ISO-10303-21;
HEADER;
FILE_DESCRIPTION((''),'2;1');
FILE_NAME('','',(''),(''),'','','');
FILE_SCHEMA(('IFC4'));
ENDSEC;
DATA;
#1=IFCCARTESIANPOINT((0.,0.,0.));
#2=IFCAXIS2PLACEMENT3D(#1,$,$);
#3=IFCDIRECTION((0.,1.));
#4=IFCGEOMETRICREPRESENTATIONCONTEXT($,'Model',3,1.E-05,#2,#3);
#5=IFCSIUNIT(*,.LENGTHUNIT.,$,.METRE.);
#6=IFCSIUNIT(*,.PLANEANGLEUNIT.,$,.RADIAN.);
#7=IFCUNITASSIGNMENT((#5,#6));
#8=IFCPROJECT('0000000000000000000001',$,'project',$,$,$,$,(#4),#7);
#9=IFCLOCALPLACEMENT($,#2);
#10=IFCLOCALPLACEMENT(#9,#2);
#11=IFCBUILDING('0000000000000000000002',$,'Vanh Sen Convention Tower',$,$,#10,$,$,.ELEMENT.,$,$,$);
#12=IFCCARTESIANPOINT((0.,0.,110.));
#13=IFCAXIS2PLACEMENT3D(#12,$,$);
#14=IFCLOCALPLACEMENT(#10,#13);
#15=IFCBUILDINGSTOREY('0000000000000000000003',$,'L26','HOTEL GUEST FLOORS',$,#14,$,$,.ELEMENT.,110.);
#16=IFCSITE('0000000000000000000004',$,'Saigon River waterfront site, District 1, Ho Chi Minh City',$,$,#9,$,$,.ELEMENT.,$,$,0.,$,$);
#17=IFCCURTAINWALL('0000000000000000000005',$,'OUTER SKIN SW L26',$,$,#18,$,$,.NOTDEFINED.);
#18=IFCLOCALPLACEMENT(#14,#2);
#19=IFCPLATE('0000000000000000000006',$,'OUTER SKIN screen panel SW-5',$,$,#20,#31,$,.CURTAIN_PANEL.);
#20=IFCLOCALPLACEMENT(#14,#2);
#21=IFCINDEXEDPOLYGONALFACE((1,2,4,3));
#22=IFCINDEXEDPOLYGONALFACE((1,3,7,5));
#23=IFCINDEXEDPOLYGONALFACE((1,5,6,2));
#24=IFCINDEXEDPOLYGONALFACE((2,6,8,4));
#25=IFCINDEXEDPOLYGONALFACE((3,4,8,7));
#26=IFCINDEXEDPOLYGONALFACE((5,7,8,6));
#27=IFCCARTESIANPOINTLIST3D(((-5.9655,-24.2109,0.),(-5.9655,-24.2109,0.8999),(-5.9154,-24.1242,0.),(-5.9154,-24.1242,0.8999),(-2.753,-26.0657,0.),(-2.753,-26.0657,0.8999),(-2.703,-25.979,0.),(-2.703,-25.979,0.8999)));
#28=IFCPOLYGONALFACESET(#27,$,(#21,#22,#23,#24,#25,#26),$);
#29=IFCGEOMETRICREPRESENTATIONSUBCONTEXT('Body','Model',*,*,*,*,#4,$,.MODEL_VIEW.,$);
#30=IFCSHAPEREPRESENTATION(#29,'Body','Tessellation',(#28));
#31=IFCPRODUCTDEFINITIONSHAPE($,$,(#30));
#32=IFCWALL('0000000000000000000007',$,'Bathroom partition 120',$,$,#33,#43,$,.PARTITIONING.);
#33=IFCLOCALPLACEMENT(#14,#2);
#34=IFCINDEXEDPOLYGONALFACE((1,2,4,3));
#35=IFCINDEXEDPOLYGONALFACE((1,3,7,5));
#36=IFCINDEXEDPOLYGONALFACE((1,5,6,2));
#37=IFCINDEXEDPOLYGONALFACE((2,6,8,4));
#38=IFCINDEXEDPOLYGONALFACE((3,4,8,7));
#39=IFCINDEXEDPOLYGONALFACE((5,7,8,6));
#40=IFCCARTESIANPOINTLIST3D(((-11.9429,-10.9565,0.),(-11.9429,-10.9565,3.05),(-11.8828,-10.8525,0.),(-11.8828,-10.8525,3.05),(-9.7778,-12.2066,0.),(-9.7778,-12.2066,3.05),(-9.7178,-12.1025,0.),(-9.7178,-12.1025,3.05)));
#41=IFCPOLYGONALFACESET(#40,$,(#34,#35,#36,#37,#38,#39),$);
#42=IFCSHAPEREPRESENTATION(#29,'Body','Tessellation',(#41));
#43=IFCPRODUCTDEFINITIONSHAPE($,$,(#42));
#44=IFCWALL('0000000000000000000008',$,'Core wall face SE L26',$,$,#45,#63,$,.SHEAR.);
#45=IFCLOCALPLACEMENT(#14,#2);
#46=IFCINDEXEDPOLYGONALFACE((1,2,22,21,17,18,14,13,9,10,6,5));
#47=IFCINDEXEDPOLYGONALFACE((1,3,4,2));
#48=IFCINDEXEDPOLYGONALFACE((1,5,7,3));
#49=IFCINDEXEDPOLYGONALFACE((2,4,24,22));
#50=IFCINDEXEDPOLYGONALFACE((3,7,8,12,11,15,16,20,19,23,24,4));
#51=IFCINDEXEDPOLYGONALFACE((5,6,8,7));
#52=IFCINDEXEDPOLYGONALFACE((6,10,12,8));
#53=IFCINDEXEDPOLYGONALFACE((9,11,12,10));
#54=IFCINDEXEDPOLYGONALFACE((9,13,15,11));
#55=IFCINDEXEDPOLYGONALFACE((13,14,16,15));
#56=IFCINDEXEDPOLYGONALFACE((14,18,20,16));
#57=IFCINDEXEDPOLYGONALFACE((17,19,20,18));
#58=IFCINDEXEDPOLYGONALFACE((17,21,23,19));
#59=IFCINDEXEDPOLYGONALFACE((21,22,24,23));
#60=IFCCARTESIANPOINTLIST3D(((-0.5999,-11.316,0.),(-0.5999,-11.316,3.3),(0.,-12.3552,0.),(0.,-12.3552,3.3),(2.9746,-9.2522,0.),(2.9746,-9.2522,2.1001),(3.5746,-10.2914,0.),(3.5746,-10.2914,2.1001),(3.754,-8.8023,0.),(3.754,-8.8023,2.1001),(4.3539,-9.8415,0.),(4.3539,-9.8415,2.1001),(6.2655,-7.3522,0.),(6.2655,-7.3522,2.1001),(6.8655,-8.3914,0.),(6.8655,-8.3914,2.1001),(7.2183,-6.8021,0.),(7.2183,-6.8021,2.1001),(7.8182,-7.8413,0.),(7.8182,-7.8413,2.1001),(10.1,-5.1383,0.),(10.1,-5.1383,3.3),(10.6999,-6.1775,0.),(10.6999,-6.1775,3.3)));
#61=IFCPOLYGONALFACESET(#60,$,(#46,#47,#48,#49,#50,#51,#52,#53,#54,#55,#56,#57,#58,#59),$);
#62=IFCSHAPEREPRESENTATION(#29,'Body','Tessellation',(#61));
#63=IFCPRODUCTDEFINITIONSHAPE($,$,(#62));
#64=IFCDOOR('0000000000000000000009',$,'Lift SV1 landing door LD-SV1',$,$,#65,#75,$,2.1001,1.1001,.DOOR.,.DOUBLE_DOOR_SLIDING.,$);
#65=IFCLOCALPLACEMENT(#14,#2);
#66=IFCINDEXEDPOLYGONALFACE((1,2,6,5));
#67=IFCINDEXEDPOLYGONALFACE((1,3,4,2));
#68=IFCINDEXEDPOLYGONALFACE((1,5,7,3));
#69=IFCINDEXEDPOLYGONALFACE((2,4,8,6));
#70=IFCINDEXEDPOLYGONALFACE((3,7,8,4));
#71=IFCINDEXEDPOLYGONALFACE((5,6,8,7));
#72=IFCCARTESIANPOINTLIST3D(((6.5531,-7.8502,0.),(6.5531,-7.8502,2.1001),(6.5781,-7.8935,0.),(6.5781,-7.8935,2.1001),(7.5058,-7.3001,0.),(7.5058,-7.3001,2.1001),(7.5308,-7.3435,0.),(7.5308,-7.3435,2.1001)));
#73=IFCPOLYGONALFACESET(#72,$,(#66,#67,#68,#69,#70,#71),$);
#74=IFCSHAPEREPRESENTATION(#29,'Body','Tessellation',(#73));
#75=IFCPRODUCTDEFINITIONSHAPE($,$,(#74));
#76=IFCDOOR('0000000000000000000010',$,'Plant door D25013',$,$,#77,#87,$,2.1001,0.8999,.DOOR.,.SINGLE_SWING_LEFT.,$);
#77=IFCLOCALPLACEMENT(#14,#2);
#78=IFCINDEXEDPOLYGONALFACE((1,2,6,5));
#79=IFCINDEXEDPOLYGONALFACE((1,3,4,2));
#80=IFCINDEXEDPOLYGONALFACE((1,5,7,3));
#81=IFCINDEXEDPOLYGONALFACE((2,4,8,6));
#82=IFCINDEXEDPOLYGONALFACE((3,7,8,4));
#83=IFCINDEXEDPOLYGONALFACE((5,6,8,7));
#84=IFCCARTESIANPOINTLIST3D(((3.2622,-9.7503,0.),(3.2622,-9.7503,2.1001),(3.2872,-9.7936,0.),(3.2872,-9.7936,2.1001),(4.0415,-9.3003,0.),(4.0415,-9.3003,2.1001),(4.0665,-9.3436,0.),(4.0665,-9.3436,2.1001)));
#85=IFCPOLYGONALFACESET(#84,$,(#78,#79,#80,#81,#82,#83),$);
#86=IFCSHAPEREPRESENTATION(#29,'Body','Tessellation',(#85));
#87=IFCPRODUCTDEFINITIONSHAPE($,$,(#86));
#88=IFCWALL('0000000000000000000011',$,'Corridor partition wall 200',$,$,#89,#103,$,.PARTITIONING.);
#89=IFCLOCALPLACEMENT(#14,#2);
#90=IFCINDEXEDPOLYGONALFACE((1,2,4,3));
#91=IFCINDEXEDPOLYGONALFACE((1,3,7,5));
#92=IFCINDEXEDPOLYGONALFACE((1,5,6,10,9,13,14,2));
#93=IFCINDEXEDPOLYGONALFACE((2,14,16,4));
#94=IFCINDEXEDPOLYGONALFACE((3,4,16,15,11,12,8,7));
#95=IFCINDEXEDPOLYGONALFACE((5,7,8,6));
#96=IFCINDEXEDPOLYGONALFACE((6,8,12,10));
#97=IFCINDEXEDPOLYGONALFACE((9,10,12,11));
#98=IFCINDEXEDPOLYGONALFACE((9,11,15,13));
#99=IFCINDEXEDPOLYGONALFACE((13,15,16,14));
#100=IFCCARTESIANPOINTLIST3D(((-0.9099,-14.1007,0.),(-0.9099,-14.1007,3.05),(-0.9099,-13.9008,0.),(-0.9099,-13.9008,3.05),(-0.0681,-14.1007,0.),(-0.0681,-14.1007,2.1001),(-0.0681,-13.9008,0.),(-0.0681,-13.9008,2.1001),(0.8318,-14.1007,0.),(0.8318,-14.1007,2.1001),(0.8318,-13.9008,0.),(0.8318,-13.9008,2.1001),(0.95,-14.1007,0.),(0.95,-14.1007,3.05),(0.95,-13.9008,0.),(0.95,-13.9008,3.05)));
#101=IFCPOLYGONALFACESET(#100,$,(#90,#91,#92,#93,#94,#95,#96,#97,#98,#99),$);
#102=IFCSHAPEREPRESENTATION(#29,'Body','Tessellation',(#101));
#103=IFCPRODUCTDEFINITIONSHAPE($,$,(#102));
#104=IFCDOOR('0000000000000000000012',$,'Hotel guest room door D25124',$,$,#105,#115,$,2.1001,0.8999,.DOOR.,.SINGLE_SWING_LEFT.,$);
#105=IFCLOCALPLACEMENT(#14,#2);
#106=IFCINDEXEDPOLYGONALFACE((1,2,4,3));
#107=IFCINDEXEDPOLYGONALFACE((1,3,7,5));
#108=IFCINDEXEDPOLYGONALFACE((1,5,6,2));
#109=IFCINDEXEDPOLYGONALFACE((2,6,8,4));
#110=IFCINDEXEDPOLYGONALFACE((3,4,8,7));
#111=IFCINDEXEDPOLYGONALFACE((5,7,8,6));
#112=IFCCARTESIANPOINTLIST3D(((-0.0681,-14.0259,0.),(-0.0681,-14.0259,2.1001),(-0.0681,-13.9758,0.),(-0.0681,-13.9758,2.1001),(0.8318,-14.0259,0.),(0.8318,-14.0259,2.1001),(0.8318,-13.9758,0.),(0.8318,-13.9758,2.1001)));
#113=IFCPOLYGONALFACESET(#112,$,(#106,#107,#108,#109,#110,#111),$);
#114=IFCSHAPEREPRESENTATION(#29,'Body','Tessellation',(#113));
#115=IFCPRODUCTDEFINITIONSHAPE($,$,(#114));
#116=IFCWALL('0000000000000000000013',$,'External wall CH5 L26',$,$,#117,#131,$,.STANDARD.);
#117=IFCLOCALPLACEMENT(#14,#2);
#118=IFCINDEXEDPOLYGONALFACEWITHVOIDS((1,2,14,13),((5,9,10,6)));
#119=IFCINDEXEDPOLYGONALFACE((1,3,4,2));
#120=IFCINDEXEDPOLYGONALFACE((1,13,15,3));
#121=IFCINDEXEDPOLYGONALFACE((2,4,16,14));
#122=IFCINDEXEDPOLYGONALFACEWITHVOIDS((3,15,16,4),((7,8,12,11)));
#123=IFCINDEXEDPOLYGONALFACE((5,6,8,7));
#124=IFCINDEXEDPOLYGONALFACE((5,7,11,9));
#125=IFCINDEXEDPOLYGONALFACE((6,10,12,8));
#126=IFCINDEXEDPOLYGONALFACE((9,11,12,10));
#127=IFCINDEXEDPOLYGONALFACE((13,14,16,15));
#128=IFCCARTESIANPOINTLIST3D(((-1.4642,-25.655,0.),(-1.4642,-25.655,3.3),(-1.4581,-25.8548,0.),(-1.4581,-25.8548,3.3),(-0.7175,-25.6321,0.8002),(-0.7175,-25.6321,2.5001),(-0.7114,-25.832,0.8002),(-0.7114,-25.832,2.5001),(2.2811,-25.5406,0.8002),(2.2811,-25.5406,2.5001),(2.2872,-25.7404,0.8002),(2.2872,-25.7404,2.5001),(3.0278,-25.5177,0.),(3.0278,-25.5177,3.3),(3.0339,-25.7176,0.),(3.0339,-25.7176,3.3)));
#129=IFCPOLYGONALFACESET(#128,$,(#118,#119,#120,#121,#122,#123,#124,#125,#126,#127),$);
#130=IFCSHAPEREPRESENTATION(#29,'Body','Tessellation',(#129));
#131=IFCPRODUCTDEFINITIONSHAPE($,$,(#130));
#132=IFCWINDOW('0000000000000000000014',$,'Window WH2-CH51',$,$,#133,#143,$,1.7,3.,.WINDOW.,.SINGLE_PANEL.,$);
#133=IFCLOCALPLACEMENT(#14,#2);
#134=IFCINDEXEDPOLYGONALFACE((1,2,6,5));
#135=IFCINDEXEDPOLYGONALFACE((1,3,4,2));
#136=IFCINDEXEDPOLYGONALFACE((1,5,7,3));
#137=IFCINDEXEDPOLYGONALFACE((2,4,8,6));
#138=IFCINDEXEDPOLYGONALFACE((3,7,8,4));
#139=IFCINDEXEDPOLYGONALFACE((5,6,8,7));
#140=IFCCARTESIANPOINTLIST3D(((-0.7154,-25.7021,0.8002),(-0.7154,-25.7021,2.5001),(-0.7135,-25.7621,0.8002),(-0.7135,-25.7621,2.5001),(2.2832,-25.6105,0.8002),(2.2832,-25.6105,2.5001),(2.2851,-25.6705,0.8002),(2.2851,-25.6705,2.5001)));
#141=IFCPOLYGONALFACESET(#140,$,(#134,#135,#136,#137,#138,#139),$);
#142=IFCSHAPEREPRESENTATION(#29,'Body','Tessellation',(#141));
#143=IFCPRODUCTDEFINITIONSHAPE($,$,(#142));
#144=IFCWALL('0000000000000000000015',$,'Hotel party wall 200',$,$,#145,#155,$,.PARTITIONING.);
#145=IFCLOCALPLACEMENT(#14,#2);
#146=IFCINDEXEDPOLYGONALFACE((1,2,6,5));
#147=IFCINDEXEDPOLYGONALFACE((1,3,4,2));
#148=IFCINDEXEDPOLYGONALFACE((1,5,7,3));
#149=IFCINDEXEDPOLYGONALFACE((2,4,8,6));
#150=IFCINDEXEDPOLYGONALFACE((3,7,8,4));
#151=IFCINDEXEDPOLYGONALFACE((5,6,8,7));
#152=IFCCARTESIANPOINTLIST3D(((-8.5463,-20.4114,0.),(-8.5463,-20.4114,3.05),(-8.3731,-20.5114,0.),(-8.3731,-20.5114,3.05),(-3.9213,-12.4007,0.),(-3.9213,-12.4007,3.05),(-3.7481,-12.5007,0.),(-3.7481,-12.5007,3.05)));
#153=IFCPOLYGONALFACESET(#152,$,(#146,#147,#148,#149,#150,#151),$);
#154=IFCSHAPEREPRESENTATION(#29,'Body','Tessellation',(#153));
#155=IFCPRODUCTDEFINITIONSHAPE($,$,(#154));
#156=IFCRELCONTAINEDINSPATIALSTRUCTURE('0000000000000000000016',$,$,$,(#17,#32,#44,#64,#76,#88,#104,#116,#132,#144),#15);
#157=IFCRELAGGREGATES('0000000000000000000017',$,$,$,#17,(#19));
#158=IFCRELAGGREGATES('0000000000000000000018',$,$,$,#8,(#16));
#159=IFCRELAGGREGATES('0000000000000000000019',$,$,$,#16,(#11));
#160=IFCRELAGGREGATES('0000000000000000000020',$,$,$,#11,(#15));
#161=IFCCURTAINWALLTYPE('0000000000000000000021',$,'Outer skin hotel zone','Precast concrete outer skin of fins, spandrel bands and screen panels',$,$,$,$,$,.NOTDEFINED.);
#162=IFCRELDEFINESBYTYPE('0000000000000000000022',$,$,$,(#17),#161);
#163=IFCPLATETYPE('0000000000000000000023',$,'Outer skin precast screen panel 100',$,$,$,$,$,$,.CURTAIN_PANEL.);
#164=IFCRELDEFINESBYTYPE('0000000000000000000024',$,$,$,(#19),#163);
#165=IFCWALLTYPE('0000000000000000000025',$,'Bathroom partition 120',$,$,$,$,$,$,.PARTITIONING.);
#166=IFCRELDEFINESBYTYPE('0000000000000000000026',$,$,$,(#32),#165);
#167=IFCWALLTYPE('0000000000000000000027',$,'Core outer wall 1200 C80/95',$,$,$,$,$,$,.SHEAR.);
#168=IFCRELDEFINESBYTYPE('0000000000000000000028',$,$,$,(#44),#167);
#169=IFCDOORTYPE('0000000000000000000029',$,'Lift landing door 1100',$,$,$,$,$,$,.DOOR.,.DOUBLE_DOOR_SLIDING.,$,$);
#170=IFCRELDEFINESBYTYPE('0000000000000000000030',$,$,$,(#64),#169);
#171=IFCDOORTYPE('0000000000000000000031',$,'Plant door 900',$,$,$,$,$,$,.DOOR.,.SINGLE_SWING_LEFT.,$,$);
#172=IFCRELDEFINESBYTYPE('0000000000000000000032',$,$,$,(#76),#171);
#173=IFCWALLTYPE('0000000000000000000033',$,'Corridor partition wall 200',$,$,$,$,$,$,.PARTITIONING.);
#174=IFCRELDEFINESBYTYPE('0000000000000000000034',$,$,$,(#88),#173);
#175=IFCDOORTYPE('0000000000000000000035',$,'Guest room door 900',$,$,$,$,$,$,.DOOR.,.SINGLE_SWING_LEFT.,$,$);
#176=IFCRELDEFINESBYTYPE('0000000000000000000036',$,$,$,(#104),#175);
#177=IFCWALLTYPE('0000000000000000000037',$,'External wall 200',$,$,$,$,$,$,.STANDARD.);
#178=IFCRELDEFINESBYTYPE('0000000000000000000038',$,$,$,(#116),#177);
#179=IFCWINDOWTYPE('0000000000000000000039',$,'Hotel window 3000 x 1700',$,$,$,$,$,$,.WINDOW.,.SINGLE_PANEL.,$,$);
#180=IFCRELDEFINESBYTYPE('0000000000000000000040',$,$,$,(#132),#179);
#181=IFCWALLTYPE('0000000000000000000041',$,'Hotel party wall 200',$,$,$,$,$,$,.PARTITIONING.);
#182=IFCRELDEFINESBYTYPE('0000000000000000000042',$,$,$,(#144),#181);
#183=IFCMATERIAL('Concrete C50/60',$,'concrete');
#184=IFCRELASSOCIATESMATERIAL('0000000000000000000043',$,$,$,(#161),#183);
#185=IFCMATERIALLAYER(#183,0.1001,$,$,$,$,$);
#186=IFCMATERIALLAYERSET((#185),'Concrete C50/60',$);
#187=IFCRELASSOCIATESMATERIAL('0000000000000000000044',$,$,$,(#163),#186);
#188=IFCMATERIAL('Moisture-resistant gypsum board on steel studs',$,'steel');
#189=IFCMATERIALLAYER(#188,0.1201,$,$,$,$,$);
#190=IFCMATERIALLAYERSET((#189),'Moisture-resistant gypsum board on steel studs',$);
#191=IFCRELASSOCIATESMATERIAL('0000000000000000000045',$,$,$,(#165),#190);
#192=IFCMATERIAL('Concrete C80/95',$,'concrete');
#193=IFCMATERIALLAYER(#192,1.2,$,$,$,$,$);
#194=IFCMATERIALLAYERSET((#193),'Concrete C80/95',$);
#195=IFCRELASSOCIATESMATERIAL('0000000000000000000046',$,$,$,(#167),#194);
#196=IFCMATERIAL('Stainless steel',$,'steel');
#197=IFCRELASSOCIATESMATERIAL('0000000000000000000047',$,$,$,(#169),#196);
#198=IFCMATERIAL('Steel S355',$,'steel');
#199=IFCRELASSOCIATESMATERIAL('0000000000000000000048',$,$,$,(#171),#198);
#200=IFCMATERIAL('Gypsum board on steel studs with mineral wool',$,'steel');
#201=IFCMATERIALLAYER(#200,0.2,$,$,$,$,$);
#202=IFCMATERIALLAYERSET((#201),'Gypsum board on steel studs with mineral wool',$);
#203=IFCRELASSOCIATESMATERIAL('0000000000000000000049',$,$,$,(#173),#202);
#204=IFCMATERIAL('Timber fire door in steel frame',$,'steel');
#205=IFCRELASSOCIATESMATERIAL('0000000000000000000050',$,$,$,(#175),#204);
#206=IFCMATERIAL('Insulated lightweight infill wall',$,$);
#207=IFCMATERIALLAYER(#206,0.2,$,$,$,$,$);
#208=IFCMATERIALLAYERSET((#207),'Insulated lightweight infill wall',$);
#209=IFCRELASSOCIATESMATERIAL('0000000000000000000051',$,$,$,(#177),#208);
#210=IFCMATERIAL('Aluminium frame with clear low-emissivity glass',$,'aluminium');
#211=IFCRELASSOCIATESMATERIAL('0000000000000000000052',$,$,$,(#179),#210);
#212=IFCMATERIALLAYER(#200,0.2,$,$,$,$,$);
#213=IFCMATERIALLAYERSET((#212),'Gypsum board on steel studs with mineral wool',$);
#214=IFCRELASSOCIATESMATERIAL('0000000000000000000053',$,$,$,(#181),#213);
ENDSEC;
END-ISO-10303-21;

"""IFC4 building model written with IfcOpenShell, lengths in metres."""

from ifc_helpers import new_model, si_unit, direction, frame, frame_2d, origin, origin_2d, place, context, subcontext, project, spatial, rectangle, extrude, material, layer, layer_set, type_object, element, fill, aggregate, save


model = new_model("IFC4")

# Units and contexts
model_context = context("Model", 3, precision=1e-05, world=origin(), true_north=direction((0.0, 1.0)))
body_context = subcontext(model_context, "Body", "Model", "MODEL_VIEW")
ifc_project = project(units=[si_unit("LENGTHUNIT", "METRE"), si_unit("PLANEANGLEUNIT", "RADIAN")], contexts=[model_context])

# Site, building, storey
site_placement = place(None, origin())
site = spatial("IfcSite", under=ifc_project, at=site_placement, Name="Saigon River waterfront site, District 1, Ho Chi Minh City", CompositionType="ELEMENT", RefElevation=0.0)
building_placement = place(site_placement, origin())
building = spatial("IfcBuilding", under=site, at=building_placement, Name="Vanh Sen Convention Tower", CompositionType="ELEMENT")
storey_placement = place(building_placement, frame((0.0, 0.0, 110.0)))
storey = spatial("IfcBuildingStorey", under=building, at=storey_placement, Name="L26", Description="HOTEL GUEST FLOORS", CompositionType="ELEMENT", Elevation=110.0)

# Shared definitions
ifc_material_1 = material(Name="Concrete C80/95", Category="concrete")

# Curtain wall
ifc_material_2 = material(Name="Concrete C50/60", Category="concrete")
curtain_wall_type = type_object("IfcCurtainWallType", Name="Outer skin hotel zone", Description="Precast concrete outer skin of fins, spandrel bands and screen panels", PredefinedType="NOTDEFINED", material=ifc_material_2)
curtain_wall_1_placement = place(storey_placement, origin())
curtain_wall_1 = element("IfcCurtainWall", 1, at=curtain_wall_1_placement, inside=storey, type_object=curtain_wall_type, Name="OUTER SKIN SW L26", PredefinedType="NOTDEFINED")

# Plate
ifc_layer_1 = layer(ifc_material_2, 0.1001)
ifc_layer_set_1 = layer_set([ifc_layer_1], Name="Concrete C50/60")
plate_type = type_object("IfcPlateType", Name="Outer skin precast screen panel 100", PredefinedType="CURTAIN_PANEL", material=ifc_layer_set_1)
plate_1_placement = place(storey_placement, frame((-4.3342, -25.095, 0.0), z_axis=(0.0, 0.0, 1.0), x_axis=(0.866021, -0.500008, 0.0)))
plate_1 = element("IfcPlate", 2, at=plate_1_placement, type_object=plate_type, Name="OUTER SKIN screen panel SW-5", PredefinedType="CURTAIN_PANEL", context=body_context, shape_type="SweptSolid", body=[
    extrude(rectangle(XDim=3.7095, YDim=0.1001, at=origin_2d()), origin(), (0.0, 0.0, 1.0), 0.8999),
])
aggregate(curtain_wall_1, [plate_1])

# Wall
ifc_material_3 = material(Name="Moisture-resistant gypsum board on steel studs", Category="steel")
ifc_layer_2 = layer(ifc_material_3, 0.1201)
ifc_layer_set_2 = layer_set([ifc_layer_2], Name="Moisture-resistant gypsum board on steel studs")
wall_type_1 = type_object("IfcWallType", Name="Bathroom partition 120", PredefinedType="PARTITIONING", material=ifc_layer_set_2)
wall_1_placement = place(storey_placement, frame((-9.7478, -12.1545, 0.0), z_axis=(0.0, 0.0, 1.0), x_axis=(-0.866023, 0.500004, 0.0)))
element("IfcWall", 3, at=wall_1_placement, inside=storey, type_object=wall_type_1, Name="Bathroom partition 120", PredefinedType="PARTITIONING", context=body_context, shape_type="SweptSolid", body=[
    extrude(rectangle(XDim=2.5, YDim=0.1201, at=frame_2d((1.25, 0.0))), origin(), (0.0, 0.0, 1.0), 3.05),
])

# Wall, openings, doors
ifc_layer_3 = layer(ifc_material_1, 1.2)
ifc_layer_set_3 = layer_set([ifc_layer_3], Name="Concrete C80/95")
wall_type_2 = type_object("IfcWallType", Name="Core outer wall 1200 C80/95", PredefinedType="SHEAR", material=ifc_layer_set_3)
wall_2_placement = place(storey_placement, frame((-0.3, -11.8357, 0.0), z_axis=(0.0, 0.0, 1.0), x_axis=(0.866021, 0.500007, 0.0)))
wall_2 = element("IfcWall", 4, at=wall_2_placement, inside=storey, type_object=wall_type_2, Name="Core wall face SE L26", PredefinedType="SHEAR", context=body_context, shape_type="SweptSolid", body=[
    extrude(rectangle(XDim=12.3552, YDim=1.2, at=frame_2d((6.1777, 0.0))), origin(), (0.0, 0.0, 1.0), 3.3),
])
opening_1_placement = place(wall_2_placement, frame((4.1277, 0.0, 0.0)))
opening_1 = element("IfcOpeningElement", 5, at=opening_1_placement, cuts=wall_2, PredefinedType="OPENING", context=body_context, shape_type="SweptSolid", body=[
    extrude(rectangle(XDim=0.8999, YDim=2.1001, at=frame_2d((0.45, 1.05))), frame((0.0, 0.6099, 0.0), z_axis=(0.0, -1.0, 0.0), x_axis=(1.0, 0.0, 0.0)), (0.0, 0.0, 1.0), 1.22),
])
opening_2_placement = place(wall_2_placement, frame((7.9277, 0.0, 0.0)))
opening_2 = element("IfcOpeningElement", 6, at=opening_2_placement, cuts=wall_2, PredefinedType="OPENING", context=body_context, shape_type="SweptSolid", body=[
    extrude(rectangle(XDim=1.1001, YDim=2.1001, at=frame_2d((0.55, 1.05))), frame((0.0, 0.6099, 0.0), z_axis=(0.0, -1.0, 0.0), x_axis=(1.0, 0.0, 0.0)), (0.0, 0.0, 1.0), 1.22),
])
ifc_material_4 = material(Name="Stainless steel", Category="steel")
door_type_1 = type_object("IfcDoorType", Name="Lift landing door 1100", OperationType="DOUBLE_DOOR_SLIDING", PredefinedType="DOOR", material=ifc_material_4)
door_1_placement = place(opening_2_placement, origin())
door_1 = element("IfcDoor", 7, at=door_1_placement, inside=storey, type_object=door_type_1, Name="Lift SV1 landing door LD-SV1", OperationType="DOUBLE_DOOR_SLIDING", OverallHeight=2.1001, OverallWidth=1.1001, PredefinedType="DOOR", context=body_context, shape_type="SweptSolid", body=[
    extrude(rectangle(XDim=1.1001, YDim=2.1001, at=frame_2d((0.55, 1.05))), frame((0.0, 0.0249, 0.0), z_axis=(0.0, -1.0, 0.0), x_axis=(1.0, 0.0, 0.0)), (0.0, 0.0, 1.0), 0.05),
])
fill(opening_2, door_1)
ifc_material_5 = material(Name="Steel S355", Category="steel")
door_type_2 = type_object("IfcDoorType", Name="Plant door 900", OperationType="SINGLE_SWING_LEFT", PredefinedType="DOOR", material=ifc_material_5)
door_2_placement = place(opening_1_placement, origin())
door_2 = element("IfcDoor", 8, at=door_2_placement, inside=storey, type_object=door_type_2, Name="Plant door D25013", OperationType="SINGLE_SWING_LEFT", OverallHeight=2.1001, OverallWidth=0.8999, PredefinedType="DOOR", context=body_context, shape_type="SweptSolid", body=[
    extrude(rectangle(XDim=0.8999, YDim=2.1001, at=frame_2d((0.45, 1.05))), frame((0.0, 0.0249, 0.0), z_axis=(0.0, -1.0, 0.0), x_axis=(1.0, 0.0, 0.0)), (0.0, 0.0, 1.0), 0.05),
])
fill(opening_1, door_2)

# Wall, opening, door
ifc_material_6 = material(Name="Gypsum board on steel studs with mineral wool", Category="steel")
ifc_layer_4 = layer(ifc_material_6, 0.2)
ifc_layer_set_4 = layer_set([ifc_layer_4], Name="Gypsum board on steel studs with mineral wool")
wall_type_3 = type_object("IfcWallType", Name="Corridor partition wall 200", PredefinedType="PARTITIONING", material=ifc_layer_set_4)
wall_3_placement = place(storey_placement, frame((-0.9099, -14.0007, 0.0), z_axis=(0.0, 0.0, 1.0), x_axis=(1.0, 0.0, 0.0)))
wall_3 = element("IfcWall", 9, at=wall_3_placement, inside=storey, type_object=wall_type_3, Name="Corridor partition wall 200", PredefinedType="PARTITIONING", context=body_context, shape_type="SweptSolid", body=[
    extrude(rectangle(XDim=1.8599, YDim=0.2, at=frame_2d((0.9299, 0.0))), origin(), (0.0, 0.0, 1.0), 3.05),
])
opening_3_placement = place(wall_3_placement, frame((0.8418, 0.0, 0.0)))
opening_3 = element("IfcOpeningElement", 10, at=opening_3_placement, cuts=wall_3, PredefinedType="OPENING", context=body_context, shape_type="SweptSolid", body=[
    extrude(rectangle(XDim=0.8999, YDim=2.1001, at=frame_2d((0.45, 1.05))), frame((0.0, 0.1099, 0.0), z_axis=(0.0, -1.0, 0.0), x_axis=(1.0, 0.0, 0.0)), (0.0, 0.0, 1.0), 0.22),
])
ifc_material_7 = material(Name="Timber fire door in steel frame", Category="steel")
door_type_3 = type_object("IfcDoorType", Name="Guest room door 900", OperationType="SINGLE_SWING_LEFT", PredefinedType="DOOR", material=ifc_material_7)
door_3_placement = place(opening_3_placement, origin())
door_3 = element("IfcDoor", 11, at=door_3_placement, inside=storey, type_object=door_type_3, Name="Hotel guest room door D25124", OperationType="SINGLE_SWING_LEFT", OverallHeight=2.1001, OverallWidth=0.8999, PredefinedType="DOOR", context=body_context, shape_type="SweptSolid", body=[
    extrude(rectangle(XDim=0.8999, YDim=2.1001, at=frame_2d((0.45, 1.05))), frame((0.0, 0.0249, 0.0), z_axis=(0.0, -1.0, 0.0), x_axis=(1.0, 0.0, 0.0)), (0.0, 0.0, 1.0), 0.05),
])
fill(opening_3, door_3)

# Wall, opening, window
ifc_material_8 = material(Name="Insulated lightweight infill wall")
ifc_layer_5 = layer(ifc_material_8, 0.2)
ifc_layer_set_5 = layer_set([ifc_layer_5], Name="Insulated lightweight infill wall")
wall_type_4 = type_object("IfcWallType", Name="External wall 200", PredefinedType="STANDARD", material=ifc_layer_set_5)
wall_4_placement = place(storey_placement, frame((-1.4612, -25.7549, 0.0), z_axis=(0.0, 0.0, 1.0), x_axis=(0.999534, 0.030531, 0.0)))
wall_4 = element("IfcWall", 12, at=wall_4_placement, inside=storey, type_object=wall_type_4, Name="External wall CH5 L26", PredefinedType="STANDARD", context=body_context, shape_type="SweptSolid", body=[
    extrude(rectangle(XDim=4.4941, YDim=0.2, at=frame_2d((2.2471, 0.0))), origin(), (0.0, 0.0, 1.0), 3.3),
])
opening_4_placement = place(wall_4_placement, frame((0.7471, 0.0, 0.8)))
opening_4 = element("IfcOpeningElement", 13, at=opening_4_placement, cuts=wall_4, PredefinedType="OPENING", context=body_context, shape_type="SweptSolid", body=[
    extrude(rectangle(XDim=3.0, YDim=1.7, at=frame_2d((1.5, 0.8501))), frame((0.0, 0.1099, 0.0), z_axis=(0.0, -1.0, 0.0), x_axis=(1.0, 0.0, 0.0)), (0.0, 0.0, 1.0), 0.22),
])
ifc_material_9 = material(Name="Aluminium frame with clear low-emissivity glass", Category="aluminium")
window_type = type_object("IfcWindowType", Name="Hotel window 3000 x 1700", PartitioningType="SINGLE_PANEL", PredefinedType="WINDOW", material=ifc_material_9)
window_placement = place(opening_4_placement, origin())
window = element("IfcWindow", 14, at=window_placement, inside=storey, type_object=window_type, Name="Window WH2-CH51", OverallHeight=1.7, OverallWidth=3.0, PartitioningType="SINGLE_PANEL", PredefinedType="WINDOW", context=body_context, shape_type="SweptSolid", body=[
    extrude(rectangle(XDim=3.0, YDim=1.7, at=frame_2d((1.5, 0.8501))), frame((0.0, 0.03, 0.0), z_axis=(0.0, -1.0, 0.0), x_axis=(1.0, 0.0, 0.0)), (0.0, 0.0, 1.0), 0.0601),
])
fill(opening_4, window)

# Wall
ifc_layer_6 = layer(ifc_material_6, 0.2)
ifc_layer_set_6 = layer_set([ifc_layer_6], Name="Gypsum board on steel studs with mineral wool")
wall_type_5 = type_object("IfcWallType", Name="Hotel party wall 200", PredefinedType="PARTITIONING", material=ifc_layer_set_6)
wall_5_placement = place(storey_placement, frame((-8.4597, -20.4614, 0.0), z_axis=(0.0, 0.0, 1.0), x_axis=(0.5, 0.866026, 0.0)))
element("IfcWall", 15, at=wall_5_placement, inside=storey, type_object=wall_type_5, Name="Hotel party wall 200", PredefinedType="PARTITIONING", context=body_context, shape_type="SweptSolid", body=[
    extrude(rectangle(XDim=9.25, YDim=0.2, at=frame_2d((4.625, 0.0))), origin(), (0.0, 0.0, 1.0), 3.05),
])

save(model, "model.ifc")
